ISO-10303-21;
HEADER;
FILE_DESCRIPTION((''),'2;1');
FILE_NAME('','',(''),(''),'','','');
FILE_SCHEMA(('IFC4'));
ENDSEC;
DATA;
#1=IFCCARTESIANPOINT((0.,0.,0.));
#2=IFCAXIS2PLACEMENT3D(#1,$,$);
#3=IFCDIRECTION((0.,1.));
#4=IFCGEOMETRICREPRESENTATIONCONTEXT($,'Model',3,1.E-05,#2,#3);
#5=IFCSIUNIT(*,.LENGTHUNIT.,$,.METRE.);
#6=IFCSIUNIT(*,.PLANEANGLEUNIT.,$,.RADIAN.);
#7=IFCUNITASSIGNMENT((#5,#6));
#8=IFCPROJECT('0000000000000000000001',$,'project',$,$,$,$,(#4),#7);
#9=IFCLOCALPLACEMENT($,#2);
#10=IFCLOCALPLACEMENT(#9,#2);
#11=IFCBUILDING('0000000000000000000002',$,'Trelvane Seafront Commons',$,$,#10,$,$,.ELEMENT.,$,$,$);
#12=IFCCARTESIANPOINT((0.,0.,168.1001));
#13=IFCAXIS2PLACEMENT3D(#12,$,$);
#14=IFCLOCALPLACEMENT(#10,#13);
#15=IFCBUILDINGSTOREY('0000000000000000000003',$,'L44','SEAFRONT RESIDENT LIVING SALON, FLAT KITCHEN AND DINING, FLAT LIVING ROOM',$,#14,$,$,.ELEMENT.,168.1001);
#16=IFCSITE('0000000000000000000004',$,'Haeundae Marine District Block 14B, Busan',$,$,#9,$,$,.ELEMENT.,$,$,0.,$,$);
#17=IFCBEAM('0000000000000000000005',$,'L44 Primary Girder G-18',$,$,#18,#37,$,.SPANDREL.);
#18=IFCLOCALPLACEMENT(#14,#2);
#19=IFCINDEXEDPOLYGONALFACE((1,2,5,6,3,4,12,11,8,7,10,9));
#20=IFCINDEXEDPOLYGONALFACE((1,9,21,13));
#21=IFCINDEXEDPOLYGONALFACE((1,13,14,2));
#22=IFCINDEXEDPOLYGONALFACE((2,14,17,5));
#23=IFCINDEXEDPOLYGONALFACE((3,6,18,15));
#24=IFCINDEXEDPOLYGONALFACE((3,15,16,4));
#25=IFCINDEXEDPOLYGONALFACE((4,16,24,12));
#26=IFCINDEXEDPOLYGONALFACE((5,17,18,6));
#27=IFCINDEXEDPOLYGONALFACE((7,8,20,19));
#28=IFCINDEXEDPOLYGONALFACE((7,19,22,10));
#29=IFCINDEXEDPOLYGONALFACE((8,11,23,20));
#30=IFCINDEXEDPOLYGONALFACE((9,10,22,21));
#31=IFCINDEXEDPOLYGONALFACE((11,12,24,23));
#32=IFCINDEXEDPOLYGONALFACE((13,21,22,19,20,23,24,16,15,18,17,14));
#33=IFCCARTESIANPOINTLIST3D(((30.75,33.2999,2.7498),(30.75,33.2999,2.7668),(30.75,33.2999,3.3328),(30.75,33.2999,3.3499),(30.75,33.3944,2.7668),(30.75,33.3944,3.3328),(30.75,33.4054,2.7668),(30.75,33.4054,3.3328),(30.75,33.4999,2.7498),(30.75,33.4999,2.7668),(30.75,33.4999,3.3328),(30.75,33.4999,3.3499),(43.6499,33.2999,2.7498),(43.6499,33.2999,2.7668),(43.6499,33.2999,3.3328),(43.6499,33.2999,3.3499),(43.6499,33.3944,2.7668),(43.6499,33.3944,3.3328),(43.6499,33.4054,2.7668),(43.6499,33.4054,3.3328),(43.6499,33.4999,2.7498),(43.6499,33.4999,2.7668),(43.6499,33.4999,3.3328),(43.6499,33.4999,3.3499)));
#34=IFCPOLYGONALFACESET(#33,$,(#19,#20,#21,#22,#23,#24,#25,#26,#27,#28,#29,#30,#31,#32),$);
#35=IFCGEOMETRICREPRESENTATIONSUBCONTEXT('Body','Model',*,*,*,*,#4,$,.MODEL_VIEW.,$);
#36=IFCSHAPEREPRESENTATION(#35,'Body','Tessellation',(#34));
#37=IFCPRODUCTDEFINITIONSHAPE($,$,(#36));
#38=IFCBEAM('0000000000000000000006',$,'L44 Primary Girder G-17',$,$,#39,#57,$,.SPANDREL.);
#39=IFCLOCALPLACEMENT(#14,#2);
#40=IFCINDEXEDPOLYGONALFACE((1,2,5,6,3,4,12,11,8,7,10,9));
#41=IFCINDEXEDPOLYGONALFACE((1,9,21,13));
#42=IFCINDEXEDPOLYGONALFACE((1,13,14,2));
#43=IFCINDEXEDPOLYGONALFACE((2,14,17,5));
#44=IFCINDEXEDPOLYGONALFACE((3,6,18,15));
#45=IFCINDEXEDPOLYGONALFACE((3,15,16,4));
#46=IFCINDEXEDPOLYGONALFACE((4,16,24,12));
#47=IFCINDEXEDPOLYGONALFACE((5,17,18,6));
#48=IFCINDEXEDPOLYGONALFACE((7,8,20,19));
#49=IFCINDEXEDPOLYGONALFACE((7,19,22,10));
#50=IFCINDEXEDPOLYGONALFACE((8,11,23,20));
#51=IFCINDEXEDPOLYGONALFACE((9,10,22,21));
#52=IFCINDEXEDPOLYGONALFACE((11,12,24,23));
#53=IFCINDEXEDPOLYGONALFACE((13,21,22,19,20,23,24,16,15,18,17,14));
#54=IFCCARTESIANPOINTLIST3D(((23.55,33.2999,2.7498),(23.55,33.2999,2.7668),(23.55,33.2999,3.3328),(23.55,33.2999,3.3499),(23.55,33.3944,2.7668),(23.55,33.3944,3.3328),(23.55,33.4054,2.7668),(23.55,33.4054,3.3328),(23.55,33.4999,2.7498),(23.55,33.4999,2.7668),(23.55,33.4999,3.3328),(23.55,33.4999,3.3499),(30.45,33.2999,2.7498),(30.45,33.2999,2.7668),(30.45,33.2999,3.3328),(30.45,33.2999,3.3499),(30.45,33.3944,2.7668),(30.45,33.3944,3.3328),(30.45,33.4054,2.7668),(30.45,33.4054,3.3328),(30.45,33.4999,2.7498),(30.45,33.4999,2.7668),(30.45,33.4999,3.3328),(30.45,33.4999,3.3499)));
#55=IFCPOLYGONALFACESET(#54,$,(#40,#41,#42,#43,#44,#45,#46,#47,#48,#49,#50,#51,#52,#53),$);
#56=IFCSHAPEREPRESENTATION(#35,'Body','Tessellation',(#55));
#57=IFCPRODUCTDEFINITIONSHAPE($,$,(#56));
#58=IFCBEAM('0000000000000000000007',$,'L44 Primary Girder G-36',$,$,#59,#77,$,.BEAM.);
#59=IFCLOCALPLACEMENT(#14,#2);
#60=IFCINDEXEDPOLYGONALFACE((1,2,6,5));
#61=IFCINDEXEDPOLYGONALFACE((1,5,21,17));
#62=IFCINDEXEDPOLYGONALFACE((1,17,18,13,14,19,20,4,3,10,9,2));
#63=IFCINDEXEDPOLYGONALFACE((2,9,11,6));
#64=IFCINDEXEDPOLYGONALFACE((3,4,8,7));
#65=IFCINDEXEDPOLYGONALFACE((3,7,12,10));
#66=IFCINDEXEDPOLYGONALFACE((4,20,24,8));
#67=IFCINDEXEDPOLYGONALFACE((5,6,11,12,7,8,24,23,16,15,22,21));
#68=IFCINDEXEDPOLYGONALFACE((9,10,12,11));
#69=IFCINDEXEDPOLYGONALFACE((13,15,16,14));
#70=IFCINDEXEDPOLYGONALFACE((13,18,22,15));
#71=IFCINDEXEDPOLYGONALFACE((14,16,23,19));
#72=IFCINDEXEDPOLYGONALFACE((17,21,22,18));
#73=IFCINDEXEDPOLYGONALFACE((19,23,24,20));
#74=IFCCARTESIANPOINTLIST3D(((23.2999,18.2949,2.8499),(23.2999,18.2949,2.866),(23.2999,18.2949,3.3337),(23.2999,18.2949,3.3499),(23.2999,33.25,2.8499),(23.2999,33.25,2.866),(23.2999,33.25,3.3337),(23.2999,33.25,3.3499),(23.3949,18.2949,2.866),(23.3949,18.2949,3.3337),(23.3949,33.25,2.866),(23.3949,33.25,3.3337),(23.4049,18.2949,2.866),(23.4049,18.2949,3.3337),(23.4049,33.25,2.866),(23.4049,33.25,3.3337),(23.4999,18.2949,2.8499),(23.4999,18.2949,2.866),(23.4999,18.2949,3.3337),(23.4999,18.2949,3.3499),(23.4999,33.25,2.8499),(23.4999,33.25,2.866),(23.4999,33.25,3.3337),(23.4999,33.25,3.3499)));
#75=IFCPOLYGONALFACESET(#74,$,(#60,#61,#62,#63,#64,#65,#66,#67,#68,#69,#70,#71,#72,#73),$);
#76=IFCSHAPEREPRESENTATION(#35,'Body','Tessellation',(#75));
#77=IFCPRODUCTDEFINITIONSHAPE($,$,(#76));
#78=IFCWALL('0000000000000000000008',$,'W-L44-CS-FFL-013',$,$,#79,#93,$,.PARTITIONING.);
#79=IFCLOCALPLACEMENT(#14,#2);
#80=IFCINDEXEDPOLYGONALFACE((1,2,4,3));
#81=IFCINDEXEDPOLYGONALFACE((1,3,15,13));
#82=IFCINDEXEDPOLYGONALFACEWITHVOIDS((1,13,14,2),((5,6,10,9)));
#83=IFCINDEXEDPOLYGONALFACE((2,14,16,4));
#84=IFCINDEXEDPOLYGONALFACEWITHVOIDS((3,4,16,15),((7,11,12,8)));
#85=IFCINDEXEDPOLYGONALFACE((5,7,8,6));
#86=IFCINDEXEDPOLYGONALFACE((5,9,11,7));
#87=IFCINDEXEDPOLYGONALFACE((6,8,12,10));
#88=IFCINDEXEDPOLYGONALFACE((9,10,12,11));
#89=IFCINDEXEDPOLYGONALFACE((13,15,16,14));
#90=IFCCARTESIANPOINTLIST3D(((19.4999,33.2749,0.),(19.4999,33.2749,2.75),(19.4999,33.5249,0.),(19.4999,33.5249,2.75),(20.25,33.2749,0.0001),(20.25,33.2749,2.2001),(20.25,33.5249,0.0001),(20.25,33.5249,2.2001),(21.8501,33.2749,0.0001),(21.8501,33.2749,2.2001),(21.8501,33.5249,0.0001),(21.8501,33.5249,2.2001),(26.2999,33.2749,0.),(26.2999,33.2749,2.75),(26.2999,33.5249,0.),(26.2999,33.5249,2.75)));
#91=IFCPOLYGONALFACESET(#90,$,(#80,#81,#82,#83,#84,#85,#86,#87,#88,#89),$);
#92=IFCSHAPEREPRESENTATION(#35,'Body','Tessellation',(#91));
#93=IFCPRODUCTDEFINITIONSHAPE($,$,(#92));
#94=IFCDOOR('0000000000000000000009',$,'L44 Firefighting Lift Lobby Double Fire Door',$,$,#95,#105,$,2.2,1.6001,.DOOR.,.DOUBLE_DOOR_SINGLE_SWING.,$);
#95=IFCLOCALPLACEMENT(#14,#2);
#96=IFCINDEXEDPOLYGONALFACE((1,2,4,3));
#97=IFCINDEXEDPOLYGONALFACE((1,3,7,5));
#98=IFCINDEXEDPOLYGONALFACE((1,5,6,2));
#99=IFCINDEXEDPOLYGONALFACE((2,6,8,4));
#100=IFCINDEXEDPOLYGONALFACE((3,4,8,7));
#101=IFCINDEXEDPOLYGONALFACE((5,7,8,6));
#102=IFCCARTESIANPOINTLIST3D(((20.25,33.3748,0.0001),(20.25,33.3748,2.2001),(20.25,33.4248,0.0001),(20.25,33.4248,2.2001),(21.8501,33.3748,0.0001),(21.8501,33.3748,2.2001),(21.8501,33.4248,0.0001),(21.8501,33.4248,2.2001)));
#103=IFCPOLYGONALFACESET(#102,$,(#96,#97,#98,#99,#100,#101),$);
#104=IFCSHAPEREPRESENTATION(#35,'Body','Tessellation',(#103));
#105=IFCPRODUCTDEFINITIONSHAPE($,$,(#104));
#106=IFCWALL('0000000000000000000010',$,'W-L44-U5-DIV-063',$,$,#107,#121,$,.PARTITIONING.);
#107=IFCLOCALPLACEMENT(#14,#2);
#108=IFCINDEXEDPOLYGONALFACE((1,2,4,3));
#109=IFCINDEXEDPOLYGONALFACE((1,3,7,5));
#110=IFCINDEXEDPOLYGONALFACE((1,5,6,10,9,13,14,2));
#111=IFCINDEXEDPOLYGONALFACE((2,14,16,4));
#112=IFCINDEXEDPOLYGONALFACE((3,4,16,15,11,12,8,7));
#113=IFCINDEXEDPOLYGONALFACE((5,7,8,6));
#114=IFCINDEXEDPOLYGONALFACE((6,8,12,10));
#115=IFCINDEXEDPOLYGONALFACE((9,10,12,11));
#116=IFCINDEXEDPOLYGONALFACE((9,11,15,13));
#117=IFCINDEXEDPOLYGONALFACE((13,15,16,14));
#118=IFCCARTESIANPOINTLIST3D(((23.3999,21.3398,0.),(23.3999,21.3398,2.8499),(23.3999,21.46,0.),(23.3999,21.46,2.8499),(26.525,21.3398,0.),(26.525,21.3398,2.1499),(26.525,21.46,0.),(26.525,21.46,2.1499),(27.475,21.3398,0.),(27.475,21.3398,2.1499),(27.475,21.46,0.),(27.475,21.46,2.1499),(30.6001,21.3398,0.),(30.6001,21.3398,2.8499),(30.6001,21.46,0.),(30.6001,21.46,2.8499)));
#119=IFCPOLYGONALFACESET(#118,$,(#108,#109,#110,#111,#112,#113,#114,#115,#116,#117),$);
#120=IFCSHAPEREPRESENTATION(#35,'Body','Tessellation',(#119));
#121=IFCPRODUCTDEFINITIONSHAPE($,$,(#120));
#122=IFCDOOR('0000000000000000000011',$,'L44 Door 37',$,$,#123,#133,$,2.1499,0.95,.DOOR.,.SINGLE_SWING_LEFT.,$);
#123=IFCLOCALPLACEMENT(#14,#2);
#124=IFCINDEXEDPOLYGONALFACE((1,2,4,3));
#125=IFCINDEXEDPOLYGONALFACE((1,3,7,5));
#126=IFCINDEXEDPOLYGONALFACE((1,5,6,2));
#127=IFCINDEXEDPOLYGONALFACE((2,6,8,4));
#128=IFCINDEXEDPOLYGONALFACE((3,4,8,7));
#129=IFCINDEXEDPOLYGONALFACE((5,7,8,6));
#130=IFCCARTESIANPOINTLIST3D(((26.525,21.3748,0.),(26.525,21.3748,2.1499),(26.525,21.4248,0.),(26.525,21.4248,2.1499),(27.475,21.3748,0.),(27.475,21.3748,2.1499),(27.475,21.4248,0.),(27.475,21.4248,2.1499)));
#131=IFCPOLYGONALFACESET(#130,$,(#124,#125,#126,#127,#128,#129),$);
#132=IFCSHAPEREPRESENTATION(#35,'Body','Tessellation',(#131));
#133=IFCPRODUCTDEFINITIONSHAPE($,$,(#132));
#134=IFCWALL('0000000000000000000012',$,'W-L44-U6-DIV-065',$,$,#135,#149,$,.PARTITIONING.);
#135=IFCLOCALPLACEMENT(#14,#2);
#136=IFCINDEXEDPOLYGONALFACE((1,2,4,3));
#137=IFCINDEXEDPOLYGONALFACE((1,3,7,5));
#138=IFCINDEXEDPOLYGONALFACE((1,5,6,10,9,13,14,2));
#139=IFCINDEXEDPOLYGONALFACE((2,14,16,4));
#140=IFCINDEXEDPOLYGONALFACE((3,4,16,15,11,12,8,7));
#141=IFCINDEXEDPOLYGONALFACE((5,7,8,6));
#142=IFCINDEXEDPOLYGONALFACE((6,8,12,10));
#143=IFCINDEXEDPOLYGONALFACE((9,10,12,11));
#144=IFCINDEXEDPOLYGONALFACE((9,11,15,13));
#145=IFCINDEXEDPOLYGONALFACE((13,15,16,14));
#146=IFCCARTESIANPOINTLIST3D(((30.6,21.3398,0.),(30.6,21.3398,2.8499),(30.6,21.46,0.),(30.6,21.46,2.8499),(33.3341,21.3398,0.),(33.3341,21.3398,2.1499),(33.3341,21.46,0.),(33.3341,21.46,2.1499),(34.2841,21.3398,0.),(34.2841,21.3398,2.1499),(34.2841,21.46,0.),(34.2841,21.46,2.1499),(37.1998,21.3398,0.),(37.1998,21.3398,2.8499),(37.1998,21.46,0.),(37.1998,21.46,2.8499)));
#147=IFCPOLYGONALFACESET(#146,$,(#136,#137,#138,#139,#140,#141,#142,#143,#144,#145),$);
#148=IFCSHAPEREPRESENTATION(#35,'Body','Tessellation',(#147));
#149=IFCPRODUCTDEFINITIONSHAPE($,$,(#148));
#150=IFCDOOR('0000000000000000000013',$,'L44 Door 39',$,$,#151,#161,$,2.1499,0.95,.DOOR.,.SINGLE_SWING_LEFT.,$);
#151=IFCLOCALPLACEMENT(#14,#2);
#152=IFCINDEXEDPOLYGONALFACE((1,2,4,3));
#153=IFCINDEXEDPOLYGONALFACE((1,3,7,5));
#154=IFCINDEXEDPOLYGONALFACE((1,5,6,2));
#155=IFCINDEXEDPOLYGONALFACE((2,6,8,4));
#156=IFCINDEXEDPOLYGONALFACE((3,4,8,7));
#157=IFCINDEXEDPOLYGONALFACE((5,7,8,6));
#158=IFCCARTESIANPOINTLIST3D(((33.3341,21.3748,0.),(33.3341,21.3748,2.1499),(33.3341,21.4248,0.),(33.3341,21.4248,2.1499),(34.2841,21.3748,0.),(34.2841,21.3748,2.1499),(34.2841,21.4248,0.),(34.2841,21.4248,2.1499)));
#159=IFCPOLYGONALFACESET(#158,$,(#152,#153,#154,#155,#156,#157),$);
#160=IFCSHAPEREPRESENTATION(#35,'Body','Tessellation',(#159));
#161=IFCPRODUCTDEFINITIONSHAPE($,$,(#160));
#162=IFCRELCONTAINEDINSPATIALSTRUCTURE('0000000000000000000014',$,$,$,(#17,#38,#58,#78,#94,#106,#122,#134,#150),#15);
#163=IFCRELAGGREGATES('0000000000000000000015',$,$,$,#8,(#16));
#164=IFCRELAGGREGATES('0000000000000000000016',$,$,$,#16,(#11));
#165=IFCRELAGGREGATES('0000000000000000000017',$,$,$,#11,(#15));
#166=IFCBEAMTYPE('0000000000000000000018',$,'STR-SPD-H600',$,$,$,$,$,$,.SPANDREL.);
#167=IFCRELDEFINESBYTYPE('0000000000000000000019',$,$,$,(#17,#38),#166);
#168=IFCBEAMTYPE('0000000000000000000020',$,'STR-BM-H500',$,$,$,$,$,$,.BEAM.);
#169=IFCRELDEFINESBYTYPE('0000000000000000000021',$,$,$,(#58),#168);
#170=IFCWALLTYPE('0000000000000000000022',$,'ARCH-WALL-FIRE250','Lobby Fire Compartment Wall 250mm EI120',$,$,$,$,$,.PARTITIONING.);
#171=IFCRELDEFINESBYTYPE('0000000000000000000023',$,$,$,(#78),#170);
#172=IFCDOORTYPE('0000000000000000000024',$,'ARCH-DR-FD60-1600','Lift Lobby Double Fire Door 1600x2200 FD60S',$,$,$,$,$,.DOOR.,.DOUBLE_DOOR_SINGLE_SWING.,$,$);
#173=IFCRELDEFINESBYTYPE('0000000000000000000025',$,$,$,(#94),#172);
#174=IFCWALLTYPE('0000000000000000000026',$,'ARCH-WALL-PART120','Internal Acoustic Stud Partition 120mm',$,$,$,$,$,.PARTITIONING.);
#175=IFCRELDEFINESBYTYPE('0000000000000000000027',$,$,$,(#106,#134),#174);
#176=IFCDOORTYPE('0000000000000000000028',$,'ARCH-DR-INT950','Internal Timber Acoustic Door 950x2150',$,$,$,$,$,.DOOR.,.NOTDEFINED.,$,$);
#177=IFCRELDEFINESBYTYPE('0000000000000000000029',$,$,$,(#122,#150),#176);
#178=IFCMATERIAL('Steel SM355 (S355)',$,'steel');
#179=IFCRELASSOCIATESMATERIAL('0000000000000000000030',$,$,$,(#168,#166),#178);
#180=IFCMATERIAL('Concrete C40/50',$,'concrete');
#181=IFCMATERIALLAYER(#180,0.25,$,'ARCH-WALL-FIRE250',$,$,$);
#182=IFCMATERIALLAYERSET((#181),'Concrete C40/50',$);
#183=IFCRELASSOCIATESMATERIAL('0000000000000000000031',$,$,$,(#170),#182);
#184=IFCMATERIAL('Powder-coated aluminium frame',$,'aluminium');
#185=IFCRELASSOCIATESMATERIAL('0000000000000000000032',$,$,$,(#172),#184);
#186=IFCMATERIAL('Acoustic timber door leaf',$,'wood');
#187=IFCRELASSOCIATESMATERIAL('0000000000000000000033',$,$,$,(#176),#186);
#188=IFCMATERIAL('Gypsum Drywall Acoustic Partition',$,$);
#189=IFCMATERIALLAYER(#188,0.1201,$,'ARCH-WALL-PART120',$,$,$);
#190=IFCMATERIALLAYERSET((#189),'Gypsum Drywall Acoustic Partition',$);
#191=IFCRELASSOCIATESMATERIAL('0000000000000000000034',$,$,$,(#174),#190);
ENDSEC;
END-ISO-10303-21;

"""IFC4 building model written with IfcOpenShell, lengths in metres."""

from ifc_helpers import new_model, si_unit, direction, frame, frame_2d, origin, origin_2d, place, context, subcontext, project, spatial, rectangle, i_section, extrude, source, transform, mapped, material, layer, layer_set, material_profile, profile_set, type_object, element, fill, save


model = new_model("IFC4")

# Units and contexts
model_context = context("Model", 3, precision=1e-05, world=origin(), true_north=direction((0.0, 1.0)))
body_context = subcontext(model_context, "Body", "Model", "MODEL_VIEW")
ifc_project = project(units=[si_unit("LENGTHUNIT", "METRE"), si_unit("PLANEANGLEUNIT", "RADIAN")], contexts=[model_context])

# Site, building, storey
site_placement = place(None, origin())
site = spatial("IfcSite", under=ifc_project, at=site_placement, Name="Haeundae Marine District Block 14B, Busan", CompositionType="ELEMENT", RefElevation=0.0)
building_placement = place(site_placement, origin())
building = spatial("IfcBuilding", under=site, at=building_placement, Name="Trelvane Seafront Commons", CompositionType="ELEMENT")
storey_placement = place(building_placement, frame((0.0, 0.0, 168.1001)))
storey = spatial("IfcBuildingStorey", under=building, at=storey_placement, Name="L44", Description="SEAFRONT RESIDENT LIVING SALON, FLAT KITCHEN AND DINING, FLAT LIVING ROOM", CompositionType="ELEMENT", Elevation=168.1001)

# Shared definitions
ifc_material_1 = material(Name="Steel SM355 (S355)", Category="steel")

# Beams
ifc_material_profile_1 = material_profile(ifc_material_1, i_section(OverallWidth=0.2, OverallDepth=0.5, WebThickness=0.01, FlangeThickness=0.0161, at=origin_2d()), Name="H-500x200x10x16")
ifc_profile_set_1 = profile_set([ifc_material_profile_1], Name="Steel SM355 (S355)")
beam_type_1 = type_object("IfcBeamType", Name="STR-BM-H500", PredefinedType="BEAM", material=ifc_profile_set_1)
ifc_material_profile_2 = material_profile(ifc_material_1, i_section(OverallWidth=0.2, OverallDepth=0.6001, WebThickness=0.011, FlangeThickness=0.0171, at=origin_2d()), Name="H-600x200x11x17")
ifc_profile_set_2 = profile_set([ifc_material_profile_2], Name="Steel SM355 (S355)")
beam_type_2 = type_object("IfcBeamType", Name="STR-SPD-H600", PredefinedType="SPANDREL", material=ifc_profile_set_2)
shared_shape_1 = source(origin(), body_context, "Body", "SweptSolid", [
    extrude(i_section(OverallWidth=0.2, OverallDepth=0.6001, WebThickness=0.011, FlangeThickness=0.0171, at=origin_2d()), origin(), (0.0, 0.0, 1.0), 12.8999),
])
for number, where, z_axis, x_axis, name in (
    (1, (30.75, 33.3999, 3.0498), (1.0, 0.0, 0.0), (0.0, 1.0, 0.0), "L44 Primary Girder G-18"),
):
    element("IfcBeam", number, at=place(storey_placement, frame(where, z_axis=z_axis, x_axis=x_axis)), inside=storey, type_object=beam_type_2, Name=name, PredefinedType="SPANDREL", context=body_context, shape_type="MappedRepresentation", body=[
        mapped(shared_shape_1, transform((0.0, 0.0, 0.0), x_axis=(1.0, 0.0, 0.0), y_axis=(0.0, 1.0, 0.0), z_axis=(0.0, 0.0, 1.0), scale=1.0)),
    ])
shared_shape_2 = source(origin(), body_context, "Body", "SweptSolid", [
    extrude(i_section(OverallWidth=0.2, OverallDepth=0.6001, WebThickness=0.011, FlangeThickness=0.0171, at=origin_2d()), origin(), (0.0, 0.0, 1.0), 6.8999),
])
beam_1_placement = place(storey_placement, frame((23.55, 33.3999, 3.0498), z_axis=(1.0, 0.0, 0.0), x_axis=(0.0, 1.0, 0.0)))
element("IfcBeam", 2, at=beam_1_placement, inside=storey, type_object=beam_type_2, Name="L44 Primary Girder G-17", PredefinedType="SPANDREL", context=body_context, shape_type="MappedRepresentation", body=[
    mapped(shared_shape_2, transform((0.0, 0.0, 0.0), x_axis=(1.0, 0.0, 0.0), y_axis=(0.0, 1.0, 0.0), z_axis=(0.0, 0.0, 1.0), scale=1.0)),
])
shared_shape_3 = source(origin(), body_context, "Body", "SweptSolid", [
    extrude(i_section(OverallWidth=0.2, OverallDepth=0.5, WebThickness=0.01, FlangeThickness=0.0161, at=origin_2d()), origin(), (0.0, 0.0, 1.0), 14.9551),
])
beam_2_placement = place(storey_placement, frame((23.3999, 18.2949, 3.0999), z_axis=(0.0, 1.0, 0.0), x_axis=(-1.0, 0.0, 0.0)))
element("IfcBeam", 3, at=beam_2_placement, inside=storey, type_object=beam_type_1, Name="L44 Primary Girder G-36", PredefinedType="BEAM", context=body_context, shape_type="MappedRepresentation", body=[
    mapped(shared_shape_3, transform((0.0, 0.0, 0.0), x_axis=(1.0, 0.0, 0.0), y_axis=(0.0, 1.0, 0.0), z_axis=(0.0, 0.0, 1.0), scale=1.0)),
])

# Walls, openings, doors
ifc_material_2 = material(Name="Concrete C40/50", Category="concrete")
ifc_layer_1 = layer(ifc_material_2, 0.25, Name="ARCH-WALL-FIRE250")
ifc_layer_set_1 = layer_set([ifc_layer_1], Name="Concrete C40/50")
wall_type_1 = type_object("IfcWallType", Name="ARCH-WALL-FIRE250", Description="Lobby Fire Compartment Wall 250mm EI120", PredefinedType="PARTITIONING", material=ifc_layer_set_1)
wall_1_placement = place(storey_placement, frame((19.5, 33.3999, 0.0), z_axis=(0.0, 0.0, 1.0), x_axis=(1.0, 0.0, 0.0)))
wall_1 = element("IfcWall", 4, at=wall_1_placement, inside=storey, type_object=wall_type_1, Name="W-L44-CS-FFL-013", PredefinedType="PARTITIONING", context=body_context, shape_type="SweptSolid", body=[
    extrude(rectangle(XDim=6.8, YDim=0.25, at=frame_2d((3.3999, 0.0))), origin(), (0.0, 0.0, 1.0), 2.75),
])
opening_1_placement = place(wall_1_placement, frame((0.75, 0.0, 0.0)))
opening_1 = element("IfcOpeningElement", 5, at=opening_1_placement, cuts=wall_1, PredefinedType="OPENING", context=body_context, shape_type="SweptSolid", body=[
    extrude(rectangle(XDim=1.6001, YDim=2.2, at=frame_2d((0.8, 1.1001))), frame((0.0, 0.135, 0.0), z_axis=(0.0, -1.0, 0.0), x_axis=(1.0, 0.0, 0.0)), (0.0, 0.0, 1.0), 0.27),
])
ifc_material_3 = material(Name="Powder-coated aluminium frame", Category="aluminium")
door_type_1 = type_object("IfcDoorType", Name="ARCH-DR-FD60-1600", Description="Lift Lobby Double Fire Door 1600x2200 FD60S", OperationType="DOUBLE_DOOR_SINGLE_SWING", PredefinedType="DOOR", material=ifc_material_3)
shared_shape_4 = source(origin(), body_context, "Body", "SweptSolid", [
    extrude(rectangle(XDim=1.6001, YDim=2.2, at=frame_2d((0.8, 1.1001))), frame((0.0, 0.0249, 0.0), z_axis=(0.0, -1.0, 0.0), x_axis=(1.0, 0.0, 0.0)), (0.0, 0.0, 1.0), 0.05),
])
door_1_placement = place(opening_1_placement, origin())
door_1 = element("IfcDoor", 6, at=door_1_placement, inside=storey, type_object=door_type_1, Name="L44 Firefighting Lift Lobby Double Fire Door", OperationType="DOUBLE_DOOR_SINGLE_SWING", OverallHeight=2.2, OverallWidth=1.6001, PredefinedType="DOOR", context=body_context, shape_type="MappedRepresentation", body=[
    mapped(shared_shape_4, transform((0.0, 0.0, 0.0), x_axis=(1.0, 0.0, 0.0), y_axis=(0.0, 1.0, 0.0), z_axis=(0.0, 0.0, 1.0), scale=1.0)),
])
fill(opening_1, door_1)
ifc_material_4 = material(Name="Acoustic timber door leaf", Category="wood")
door_type_2 = type_object("IfcDoorType", Name="ARCH-DR-INT950", Description="Internal Timber Acoustic Door 950x2150", OperationType="NOTDEFINED", PredefinedType="DOOR", material=ifc_material_4)
shared_shape_5 = source(origin(), body_context, "Body", "SweptSolid", [
    extrude(rectangle(XDim=0.95, YDim=2.1499, at=frame_2d((0.4751, 1.075))), frame((0.0, 0.0249, 0.0), z_axis=(0.0, -1.0, 0.0), x_axis=(1.0, 0.0, 0.0)), (0.0, 0.0, 1.0), 0.05),
])
ifc_material_5 = material(Name="Gypsum Drywall Acoustic Partition")
ifc_layer_2 = layer(ifc_material_5, 0.1201, Name="ARCH-WALL-PART120")
ifc_layer_set_2 = layer_set([ifc_layer_2], Name="Gypsum Drywall Acoustic Partition")
wall_type_2 = type_object("IfcWallType", Name="ARCH-WALL-PART120", Description="Internal Acoustic Stud Partition 120mm", PredefinedType="PARTITIONING", material=ifc_layer_set_2)
wall_2_placement = place(storey_placement, frame((23.3999, 21.3999, 0.0), z_axis=(0.0, 0.0, 1.0), x_axis=(1.0, 0.0, 0.0)))
wall_2 = element("IfcWall", 7, at=wall_2_placement, inside=storey, type_object=wall_type_2, Name="W-L44-U5-DIV-063", PredefinedType="PARTITIONING", context=body_context, shape_type="SweptSolid", body=[
    extrude(rectangle(XDim=7.2002, YDim=0.1201, at=frame_2d((3.6001, 0.0))), origin(), (0.0, 0.0, 1.0), 2.8499),
])
opening_2_placement = place(wall_2_placement, frame((3.125, 0.0, 0.0)))
opening_2 = element("IfcOpeningElement", 8, at=opening_2_placement, cuts=wall_2, PredefinedType="OPENING", context=body_context, shape_type="SweptSolid", body=[
    extrude(rectangle(XDim=0.95, YDim=2.1499, at=frame_2d((0.4751, 1.075))), frame((0.0, 0.0701, 0.0), z_axis=(0.0, -1.0, 0.0), x_axis=(1.0, 0.0, 0.0)), (0.0, 0.0, 1.0), 0.1401),
])
door_2_placement = place(opening_2_placement, origin())
door_2 = element("IfcDoor", 9, at=door_2_placement, inside=storey, type_object=door_type_2, Name="L44 Door 37", OperationType="SINGLE_SWING_LEFT", OverallHeight=2.1499, OverallWidth=0.95, PredefinedType="DOOR", context=body_context, shape_type="MappedRepresentation", body=[
    mapped(shared_shape_5, transform((0.0, 0.0, 0.0), x_axis=(1.0, 0.0, 0.0), y_axis=(0.0, 1.0, 0.0), z_axis=(0.0, 0.0, 1.0), scale=1.0)),
])
fill(opening_2, door_2)
wall_3_placement = place(storey_placement, frame((30.6001, 21.3999, 0.0), z_axis=(0.0, 0.0, 1.0), x_axis=(1.0, 0.0, 0.0)))
wall_3 = element("IfcWall", 10, at=wall_3_placement, inside=storey, type_object=wall_type_2, Name="W-L44-U6-DIV-065", PredefinedType="PARTITIONING", context=body_context, shape_type="SweptSolid", body=[
    extrude(rectangle(XDim=6.5999, YDim=0.1201, at=frame_2d((3.2998, 0.0))), origin(), (0.0, 0.0, 1.0), 2.8499),
])
opening_3_placement = place(wall_3_placement, frame((2.7339, 0.0, 0.0)))
opening_3 = element("IfcOpeningElement", 11, at=opening_3_placement, cuts=wall_3, PredefinedType="OPENING", context=body_context, shape_type="SweptSolid", body=[
    extrude(rectangle(XDim=0.95, YDim=2.1499, at=frame_2d((0.4751, 1.075))), frame((0.0, 0.0701, 0.0), z_axis=(0.0, -1.0, 0.0), x_axis=(1.0, 0.0, 0.0)), (0.0, 0.0, 1.0), 0.1401),
])
door_3_placement = place(opening_3_placement, origin())
door_3 = element("IfcDoor", 12, at=door_3_placement, inside=storey, type_object=door_type_2, Name="L44 Door 39", OperationType="SINGLE_SWING_LEFT", OverallHeight=2.1499, OverallWidth=0.95, PredefinedType="DOOR", context=body_context, shape_type="MappedRepresentation", body=[
    mapped(shared_shape_5, transform((0.0, 0.0, 0.0), x_axis=(1.0, 0.0, 0.0), y_axis=(0.0, 1.0, 0.0), z_axis=(0.0, 0.0, 1.0), scale=1.0)),
])
fill(opening_3, door_3)

save(model, "model.ifc")
